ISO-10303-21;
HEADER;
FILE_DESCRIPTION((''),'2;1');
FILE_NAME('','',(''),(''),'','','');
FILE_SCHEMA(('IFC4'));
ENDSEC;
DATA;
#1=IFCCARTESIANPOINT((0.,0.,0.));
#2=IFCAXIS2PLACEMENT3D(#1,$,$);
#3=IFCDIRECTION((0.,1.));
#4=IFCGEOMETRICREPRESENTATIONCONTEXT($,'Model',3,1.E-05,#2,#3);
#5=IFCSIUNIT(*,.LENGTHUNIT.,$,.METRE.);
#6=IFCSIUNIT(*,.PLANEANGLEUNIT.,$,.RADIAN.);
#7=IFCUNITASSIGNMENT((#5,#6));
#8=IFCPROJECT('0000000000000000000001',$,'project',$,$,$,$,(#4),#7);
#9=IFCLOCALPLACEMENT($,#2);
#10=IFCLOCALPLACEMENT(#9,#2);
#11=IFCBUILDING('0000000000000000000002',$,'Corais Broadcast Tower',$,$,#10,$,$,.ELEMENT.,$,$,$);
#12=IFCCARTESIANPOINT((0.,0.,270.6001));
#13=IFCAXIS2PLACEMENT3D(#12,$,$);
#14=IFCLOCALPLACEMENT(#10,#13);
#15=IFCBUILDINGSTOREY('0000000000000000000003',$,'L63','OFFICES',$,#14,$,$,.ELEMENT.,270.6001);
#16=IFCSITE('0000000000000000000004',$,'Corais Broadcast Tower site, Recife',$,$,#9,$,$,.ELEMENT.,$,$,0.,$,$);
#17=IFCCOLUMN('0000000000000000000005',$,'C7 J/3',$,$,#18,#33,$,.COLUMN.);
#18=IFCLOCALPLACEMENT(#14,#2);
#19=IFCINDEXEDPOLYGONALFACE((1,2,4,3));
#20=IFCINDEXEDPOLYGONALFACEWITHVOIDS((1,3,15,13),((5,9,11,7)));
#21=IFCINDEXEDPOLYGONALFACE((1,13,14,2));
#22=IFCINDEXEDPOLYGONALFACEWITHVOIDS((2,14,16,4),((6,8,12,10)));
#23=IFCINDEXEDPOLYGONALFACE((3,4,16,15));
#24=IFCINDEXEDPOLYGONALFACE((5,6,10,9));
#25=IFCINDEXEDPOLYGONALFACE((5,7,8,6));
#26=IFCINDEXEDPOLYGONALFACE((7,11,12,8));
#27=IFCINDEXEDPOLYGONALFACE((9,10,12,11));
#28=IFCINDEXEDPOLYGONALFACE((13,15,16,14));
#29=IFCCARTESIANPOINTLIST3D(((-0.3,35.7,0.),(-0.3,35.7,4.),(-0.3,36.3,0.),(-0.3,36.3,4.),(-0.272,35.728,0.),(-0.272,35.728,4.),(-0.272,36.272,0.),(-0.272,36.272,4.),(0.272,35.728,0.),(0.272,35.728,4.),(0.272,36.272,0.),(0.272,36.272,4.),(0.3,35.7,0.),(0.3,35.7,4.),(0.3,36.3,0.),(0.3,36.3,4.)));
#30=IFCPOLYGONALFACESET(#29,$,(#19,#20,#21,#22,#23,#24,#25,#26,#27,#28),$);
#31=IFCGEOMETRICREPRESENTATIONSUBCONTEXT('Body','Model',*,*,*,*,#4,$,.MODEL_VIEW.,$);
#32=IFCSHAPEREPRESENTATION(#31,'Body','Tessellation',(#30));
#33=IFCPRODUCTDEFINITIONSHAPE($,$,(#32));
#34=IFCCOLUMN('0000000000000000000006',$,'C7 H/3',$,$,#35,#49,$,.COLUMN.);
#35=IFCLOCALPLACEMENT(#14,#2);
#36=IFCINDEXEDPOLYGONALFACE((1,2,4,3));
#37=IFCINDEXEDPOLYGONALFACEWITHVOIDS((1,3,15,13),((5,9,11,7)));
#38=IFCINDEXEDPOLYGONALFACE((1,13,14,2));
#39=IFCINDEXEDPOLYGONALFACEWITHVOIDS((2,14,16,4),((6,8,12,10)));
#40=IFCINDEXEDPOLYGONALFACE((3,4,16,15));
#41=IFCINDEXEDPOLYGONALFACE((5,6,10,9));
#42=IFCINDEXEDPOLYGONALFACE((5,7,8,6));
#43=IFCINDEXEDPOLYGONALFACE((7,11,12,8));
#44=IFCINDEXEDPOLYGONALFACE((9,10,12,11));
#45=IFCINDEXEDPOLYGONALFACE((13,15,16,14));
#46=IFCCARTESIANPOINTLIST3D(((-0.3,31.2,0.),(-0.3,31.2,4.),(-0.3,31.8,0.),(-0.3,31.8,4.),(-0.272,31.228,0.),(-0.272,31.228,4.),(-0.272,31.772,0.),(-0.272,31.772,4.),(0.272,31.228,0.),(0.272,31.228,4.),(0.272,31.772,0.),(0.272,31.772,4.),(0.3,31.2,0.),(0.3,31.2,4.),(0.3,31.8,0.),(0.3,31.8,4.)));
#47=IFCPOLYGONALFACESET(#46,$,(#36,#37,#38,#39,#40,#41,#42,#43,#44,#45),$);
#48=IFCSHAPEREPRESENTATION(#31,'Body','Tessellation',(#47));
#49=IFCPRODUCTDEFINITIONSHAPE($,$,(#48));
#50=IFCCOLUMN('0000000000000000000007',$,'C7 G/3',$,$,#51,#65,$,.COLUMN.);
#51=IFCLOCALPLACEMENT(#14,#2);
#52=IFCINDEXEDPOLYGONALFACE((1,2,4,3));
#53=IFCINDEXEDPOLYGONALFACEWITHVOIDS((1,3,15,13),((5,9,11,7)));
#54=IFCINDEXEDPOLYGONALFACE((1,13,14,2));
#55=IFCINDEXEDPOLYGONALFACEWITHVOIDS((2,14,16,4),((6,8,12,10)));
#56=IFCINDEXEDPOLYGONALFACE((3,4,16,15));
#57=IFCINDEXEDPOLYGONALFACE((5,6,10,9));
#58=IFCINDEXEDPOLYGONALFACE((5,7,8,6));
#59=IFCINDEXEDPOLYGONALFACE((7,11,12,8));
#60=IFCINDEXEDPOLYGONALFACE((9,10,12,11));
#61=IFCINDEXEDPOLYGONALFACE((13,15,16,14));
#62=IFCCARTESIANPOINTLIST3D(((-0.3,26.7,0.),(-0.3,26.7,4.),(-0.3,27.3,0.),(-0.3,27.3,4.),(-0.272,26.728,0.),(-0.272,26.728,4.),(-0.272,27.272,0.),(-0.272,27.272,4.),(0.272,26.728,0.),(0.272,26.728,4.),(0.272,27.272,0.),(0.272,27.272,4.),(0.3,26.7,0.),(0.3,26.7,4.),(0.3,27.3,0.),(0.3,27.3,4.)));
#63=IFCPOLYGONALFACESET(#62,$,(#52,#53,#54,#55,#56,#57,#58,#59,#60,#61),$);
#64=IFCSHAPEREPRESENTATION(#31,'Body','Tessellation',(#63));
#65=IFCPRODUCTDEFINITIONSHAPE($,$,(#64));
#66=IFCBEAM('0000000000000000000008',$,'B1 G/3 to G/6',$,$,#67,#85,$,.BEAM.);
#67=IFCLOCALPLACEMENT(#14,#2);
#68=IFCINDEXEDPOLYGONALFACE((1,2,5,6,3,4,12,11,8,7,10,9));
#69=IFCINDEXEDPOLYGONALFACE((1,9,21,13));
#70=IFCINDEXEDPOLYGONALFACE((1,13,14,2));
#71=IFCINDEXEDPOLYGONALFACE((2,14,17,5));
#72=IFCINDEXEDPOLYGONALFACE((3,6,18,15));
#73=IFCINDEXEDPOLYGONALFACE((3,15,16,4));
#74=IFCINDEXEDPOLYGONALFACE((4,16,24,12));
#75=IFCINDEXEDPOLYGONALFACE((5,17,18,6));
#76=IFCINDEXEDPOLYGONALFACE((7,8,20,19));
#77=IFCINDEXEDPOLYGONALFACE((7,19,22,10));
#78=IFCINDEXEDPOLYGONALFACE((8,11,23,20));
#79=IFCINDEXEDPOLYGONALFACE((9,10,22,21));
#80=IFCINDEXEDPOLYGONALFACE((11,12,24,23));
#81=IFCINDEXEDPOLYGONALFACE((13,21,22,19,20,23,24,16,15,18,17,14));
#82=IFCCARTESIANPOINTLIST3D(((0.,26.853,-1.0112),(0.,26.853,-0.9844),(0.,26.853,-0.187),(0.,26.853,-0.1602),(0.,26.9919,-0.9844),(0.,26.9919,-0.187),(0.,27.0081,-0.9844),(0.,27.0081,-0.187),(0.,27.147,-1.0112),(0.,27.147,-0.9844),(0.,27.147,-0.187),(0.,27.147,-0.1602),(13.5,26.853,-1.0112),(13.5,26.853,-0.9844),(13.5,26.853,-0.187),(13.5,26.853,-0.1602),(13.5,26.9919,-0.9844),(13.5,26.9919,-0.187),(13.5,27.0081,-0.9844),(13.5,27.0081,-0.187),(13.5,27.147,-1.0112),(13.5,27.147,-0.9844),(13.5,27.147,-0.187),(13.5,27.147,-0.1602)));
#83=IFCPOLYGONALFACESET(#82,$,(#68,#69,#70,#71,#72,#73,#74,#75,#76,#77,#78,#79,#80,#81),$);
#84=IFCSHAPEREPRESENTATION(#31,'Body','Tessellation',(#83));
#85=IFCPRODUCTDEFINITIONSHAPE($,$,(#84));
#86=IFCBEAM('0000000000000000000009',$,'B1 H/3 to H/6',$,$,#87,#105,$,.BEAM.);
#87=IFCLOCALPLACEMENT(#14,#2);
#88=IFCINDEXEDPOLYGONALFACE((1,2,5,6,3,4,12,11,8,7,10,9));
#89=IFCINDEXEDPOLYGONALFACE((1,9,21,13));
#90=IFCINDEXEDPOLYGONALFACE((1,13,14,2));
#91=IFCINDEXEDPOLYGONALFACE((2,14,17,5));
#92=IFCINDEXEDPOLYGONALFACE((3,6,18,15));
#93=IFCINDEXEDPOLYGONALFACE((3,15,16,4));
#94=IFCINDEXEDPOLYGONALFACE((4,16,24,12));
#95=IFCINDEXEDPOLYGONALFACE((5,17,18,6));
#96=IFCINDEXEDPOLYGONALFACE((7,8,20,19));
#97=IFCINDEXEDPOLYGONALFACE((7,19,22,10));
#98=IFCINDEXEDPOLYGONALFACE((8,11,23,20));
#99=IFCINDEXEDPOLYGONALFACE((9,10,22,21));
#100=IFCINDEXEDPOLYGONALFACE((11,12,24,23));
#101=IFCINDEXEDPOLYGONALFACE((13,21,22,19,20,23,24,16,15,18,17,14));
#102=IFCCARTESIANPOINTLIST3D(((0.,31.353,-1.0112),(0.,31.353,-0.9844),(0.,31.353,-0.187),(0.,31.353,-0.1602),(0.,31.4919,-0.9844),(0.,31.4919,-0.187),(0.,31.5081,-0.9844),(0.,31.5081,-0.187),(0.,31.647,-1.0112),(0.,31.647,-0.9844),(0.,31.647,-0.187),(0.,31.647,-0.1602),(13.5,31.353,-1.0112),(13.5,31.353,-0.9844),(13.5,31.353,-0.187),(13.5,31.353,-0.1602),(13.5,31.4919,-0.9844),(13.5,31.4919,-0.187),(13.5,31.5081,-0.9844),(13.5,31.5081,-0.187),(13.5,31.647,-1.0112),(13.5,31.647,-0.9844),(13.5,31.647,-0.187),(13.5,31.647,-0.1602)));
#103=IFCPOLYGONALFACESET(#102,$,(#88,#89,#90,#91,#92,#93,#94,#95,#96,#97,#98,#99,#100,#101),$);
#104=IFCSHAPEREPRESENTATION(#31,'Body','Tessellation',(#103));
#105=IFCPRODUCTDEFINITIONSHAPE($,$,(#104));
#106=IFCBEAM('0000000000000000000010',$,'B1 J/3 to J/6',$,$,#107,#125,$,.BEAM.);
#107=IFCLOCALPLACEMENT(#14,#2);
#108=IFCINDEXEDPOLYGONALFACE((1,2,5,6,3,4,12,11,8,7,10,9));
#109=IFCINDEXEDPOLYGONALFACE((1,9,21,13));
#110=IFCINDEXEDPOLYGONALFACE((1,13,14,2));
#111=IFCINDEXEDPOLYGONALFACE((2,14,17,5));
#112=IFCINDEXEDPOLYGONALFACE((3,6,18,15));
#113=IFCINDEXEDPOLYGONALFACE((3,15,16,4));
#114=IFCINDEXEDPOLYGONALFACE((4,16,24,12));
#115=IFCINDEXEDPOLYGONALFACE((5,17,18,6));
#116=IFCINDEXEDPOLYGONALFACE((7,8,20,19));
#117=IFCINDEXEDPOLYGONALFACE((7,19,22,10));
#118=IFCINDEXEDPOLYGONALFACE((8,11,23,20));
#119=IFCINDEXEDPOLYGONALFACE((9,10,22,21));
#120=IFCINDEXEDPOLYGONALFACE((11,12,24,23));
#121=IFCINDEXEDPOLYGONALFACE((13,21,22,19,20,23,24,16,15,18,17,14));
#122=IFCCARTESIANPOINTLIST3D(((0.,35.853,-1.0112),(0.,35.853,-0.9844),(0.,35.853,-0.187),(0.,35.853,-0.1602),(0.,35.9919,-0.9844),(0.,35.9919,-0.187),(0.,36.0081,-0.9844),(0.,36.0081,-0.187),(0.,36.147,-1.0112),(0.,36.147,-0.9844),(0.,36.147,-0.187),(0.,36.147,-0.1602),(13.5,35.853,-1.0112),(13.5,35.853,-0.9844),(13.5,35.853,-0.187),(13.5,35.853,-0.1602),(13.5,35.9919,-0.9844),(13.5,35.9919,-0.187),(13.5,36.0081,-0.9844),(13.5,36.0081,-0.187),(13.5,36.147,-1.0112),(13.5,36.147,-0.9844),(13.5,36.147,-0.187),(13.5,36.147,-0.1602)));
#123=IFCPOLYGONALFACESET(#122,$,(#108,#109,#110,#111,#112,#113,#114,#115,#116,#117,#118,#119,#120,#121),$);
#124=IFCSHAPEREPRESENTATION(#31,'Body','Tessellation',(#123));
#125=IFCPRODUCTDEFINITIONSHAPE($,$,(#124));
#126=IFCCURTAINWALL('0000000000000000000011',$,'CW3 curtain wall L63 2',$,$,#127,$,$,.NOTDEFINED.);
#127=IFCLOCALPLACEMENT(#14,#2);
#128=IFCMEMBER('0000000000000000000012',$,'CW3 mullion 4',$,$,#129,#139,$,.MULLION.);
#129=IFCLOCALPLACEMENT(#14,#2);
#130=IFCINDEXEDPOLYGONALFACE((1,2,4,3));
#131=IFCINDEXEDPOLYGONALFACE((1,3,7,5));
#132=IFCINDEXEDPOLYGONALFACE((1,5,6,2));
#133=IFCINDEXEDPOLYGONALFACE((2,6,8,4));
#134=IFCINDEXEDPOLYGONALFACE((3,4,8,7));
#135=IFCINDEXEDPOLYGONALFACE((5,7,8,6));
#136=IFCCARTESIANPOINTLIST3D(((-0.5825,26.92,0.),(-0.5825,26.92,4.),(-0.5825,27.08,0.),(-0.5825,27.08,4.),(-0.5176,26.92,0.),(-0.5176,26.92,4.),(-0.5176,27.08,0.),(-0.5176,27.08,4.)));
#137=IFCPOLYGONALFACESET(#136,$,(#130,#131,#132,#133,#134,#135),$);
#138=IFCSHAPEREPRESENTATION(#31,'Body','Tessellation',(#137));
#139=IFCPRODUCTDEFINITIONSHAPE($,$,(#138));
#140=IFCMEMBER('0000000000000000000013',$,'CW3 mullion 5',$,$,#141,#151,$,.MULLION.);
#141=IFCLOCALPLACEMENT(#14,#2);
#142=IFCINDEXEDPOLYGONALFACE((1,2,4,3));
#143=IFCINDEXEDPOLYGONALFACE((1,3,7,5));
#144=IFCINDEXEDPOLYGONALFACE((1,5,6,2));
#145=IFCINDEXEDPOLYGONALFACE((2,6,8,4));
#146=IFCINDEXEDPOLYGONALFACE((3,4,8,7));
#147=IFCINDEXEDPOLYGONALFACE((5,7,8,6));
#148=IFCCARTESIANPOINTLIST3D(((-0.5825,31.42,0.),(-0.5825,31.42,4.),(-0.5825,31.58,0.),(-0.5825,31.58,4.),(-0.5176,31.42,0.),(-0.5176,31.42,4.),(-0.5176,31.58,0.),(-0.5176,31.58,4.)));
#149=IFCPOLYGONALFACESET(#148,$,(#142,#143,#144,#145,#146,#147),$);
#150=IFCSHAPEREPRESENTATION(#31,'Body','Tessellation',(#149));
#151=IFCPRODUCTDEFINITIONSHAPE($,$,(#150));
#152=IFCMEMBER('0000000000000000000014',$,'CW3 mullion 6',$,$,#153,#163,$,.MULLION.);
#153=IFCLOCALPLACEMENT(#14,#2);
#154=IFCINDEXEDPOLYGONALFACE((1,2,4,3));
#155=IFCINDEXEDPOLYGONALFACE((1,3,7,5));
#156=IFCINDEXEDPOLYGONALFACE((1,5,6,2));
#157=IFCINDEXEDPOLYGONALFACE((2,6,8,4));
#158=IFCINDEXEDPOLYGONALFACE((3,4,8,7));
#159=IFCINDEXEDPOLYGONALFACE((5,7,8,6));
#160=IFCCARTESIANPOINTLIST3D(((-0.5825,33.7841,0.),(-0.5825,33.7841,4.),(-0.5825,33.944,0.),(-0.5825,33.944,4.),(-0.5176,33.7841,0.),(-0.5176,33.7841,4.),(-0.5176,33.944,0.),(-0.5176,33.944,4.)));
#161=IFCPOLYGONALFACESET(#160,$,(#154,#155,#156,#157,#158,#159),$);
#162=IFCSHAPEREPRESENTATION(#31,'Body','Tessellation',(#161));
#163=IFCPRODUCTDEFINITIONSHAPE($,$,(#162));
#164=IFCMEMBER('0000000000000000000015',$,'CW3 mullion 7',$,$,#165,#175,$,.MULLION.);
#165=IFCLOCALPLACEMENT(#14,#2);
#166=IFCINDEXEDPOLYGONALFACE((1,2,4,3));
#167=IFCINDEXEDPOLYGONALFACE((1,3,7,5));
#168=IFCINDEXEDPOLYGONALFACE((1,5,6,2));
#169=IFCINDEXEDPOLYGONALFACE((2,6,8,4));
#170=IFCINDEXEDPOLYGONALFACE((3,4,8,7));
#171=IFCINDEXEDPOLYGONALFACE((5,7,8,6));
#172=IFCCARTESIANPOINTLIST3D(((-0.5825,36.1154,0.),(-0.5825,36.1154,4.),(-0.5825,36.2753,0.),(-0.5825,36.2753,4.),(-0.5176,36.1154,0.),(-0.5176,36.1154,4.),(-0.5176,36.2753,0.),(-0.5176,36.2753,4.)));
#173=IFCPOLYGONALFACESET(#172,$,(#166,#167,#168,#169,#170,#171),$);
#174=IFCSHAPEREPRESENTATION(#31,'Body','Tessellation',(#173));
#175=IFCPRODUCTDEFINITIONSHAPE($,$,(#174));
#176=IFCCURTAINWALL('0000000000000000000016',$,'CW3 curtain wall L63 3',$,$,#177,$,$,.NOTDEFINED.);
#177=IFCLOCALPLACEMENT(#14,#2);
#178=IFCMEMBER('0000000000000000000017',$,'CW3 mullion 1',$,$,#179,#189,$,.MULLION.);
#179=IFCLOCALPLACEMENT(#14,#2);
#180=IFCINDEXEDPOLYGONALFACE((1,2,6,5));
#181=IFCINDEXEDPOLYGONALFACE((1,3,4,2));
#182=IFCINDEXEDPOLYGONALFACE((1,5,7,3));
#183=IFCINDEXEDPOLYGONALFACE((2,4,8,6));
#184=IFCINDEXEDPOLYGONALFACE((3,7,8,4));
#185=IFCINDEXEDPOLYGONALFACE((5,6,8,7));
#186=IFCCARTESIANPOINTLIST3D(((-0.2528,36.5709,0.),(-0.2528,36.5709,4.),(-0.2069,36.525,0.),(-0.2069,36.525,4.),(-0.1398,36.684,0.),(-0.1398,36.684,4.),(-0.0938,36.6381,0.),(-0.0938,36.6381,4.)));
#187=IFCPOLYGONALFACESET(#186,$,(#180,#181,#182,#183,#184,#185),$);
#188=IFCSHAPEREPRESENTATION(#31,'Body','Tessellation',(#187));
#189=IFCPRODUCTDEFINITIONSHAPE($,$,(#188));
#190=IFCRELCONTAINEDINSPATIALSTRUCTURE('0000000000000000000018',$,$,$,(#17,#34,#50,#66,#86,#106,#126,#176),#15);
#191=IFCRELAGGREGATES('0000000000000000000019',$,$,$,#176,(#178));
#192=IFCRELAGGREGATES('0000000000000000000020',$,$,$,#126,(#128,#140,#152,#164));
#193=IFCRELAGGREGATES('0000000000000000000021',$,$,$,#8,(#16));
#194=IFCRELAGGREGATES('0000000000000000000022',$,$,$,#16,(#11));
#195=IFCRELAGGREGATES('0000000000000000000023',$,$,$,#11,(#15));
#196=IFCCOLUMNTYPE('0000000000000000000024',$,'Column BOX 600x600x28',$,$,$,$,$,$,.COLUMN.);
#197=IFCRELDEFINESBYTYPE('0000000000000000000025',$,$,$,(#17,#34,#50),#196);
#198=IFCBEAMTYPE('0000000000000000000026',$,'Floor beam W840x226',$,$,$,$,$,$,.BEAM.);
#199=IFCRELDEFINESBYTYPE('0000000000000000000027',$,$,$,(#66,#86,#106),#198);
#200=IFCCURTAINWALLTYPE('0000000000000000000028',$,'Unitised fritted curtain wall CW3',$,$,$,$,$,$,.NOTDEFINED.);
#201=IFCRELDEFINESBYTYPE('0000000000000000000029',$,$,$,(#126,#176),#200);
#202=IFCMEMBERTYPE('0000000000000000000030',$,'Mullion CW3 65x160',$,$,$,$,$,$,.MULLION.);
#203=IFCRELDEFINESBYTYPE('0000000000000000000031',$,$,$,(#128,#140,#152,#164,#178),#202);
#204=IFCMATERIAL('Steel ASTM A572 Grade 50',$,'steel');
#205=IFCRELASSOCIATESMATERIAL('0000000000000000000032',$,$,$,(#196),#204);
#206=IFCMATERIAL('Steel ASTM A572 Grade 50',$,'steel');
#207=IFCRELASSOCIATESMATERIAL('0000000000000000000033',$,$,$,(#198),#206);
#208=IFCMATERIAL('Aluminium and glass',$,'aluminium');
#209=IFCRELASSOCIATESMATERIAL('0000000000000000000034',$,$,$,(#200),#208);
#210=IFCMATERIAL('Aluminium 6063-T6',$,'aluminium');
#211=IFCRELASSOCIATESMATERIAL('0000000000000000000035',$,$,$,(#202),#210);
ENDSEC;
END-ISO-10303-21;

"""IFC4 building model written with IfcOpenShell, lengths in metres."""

from ifc_helpers import new_model, si_unit, direction, frame, origin, origin_2d, place, context, subcontext, project, spatial, rectangle, hollow_rectangle, i_section, extrude, material, material_profile, profile_set, type_object, element, aggregate, save


model = new_model("IFC4")

# Units and contexts
model_context = context("Model", 3, precision=1e-05, world=origin(), true_north=direction((0.0, 1.0)))
body_context = subcontext(model_context, "Body", "Model", "MODEL_VIEW")
ifc_project = project(units=[si_unit("LENGTHUNIT", "METRE"), si_unit("PLANEANGLEUNIT", "RADIAN")], contexts=[model_context])

# Site, building, storey
site_placement = place(None, origin())
site = spatial("IfcSite", under=ifc_project, at=site_placement, Name="Corais Broadcast Tower site, Recife", CompositionType="ELEMENT", RefElevation=0.0)
building_placement = place(site_placement, origin())
building = spatial("IfcBuilding", under=site, at=building_placement, Name="Corais Broadcast Tower", CompositionType="ELEMENT")
storey_placement = place(building_placement, frame((0.0, 0.0, 270.6001)))
storey = spatial("IfcBuildingStorey", under=building, at=storey_placement, Name="L63", Description="OFFICES", CompositionType="ELEMENT", Elevation=270.6001)

# Columns
ifc_material_1 = material(Name="Steel ASTM A572 Grade 50", Category="steel")
ifc_material_profile_1 = material_profile(ifc_material_1, hollow_rectangle(XDim=0.6001, YDim=0.6001, WallThickness=0.0281, at=origin_2d()), Name="BOX 600x600x28")
ifc_profile_set_1 = profile_set([ifc_material_profile_1], Name="Steel ASTM A572 Grade 50")
column_type = type_object("IfcColumnType", Name="Column BOX 600x600x28", PredefinedType="COLUMN", material=ifc_profile_set_1)
for number, where, z_axis, x_axis, name in (
    (1, (0.0, 36.0, 0.0), (0.0, 0.0, 1.0), (1.0, 0.0, 0.0), "C7 J/3"),
    (2, (0.0, 31.5, 0.0), (0.0, 0.0, 1.0), (1.0, 0.0, 0.0), "C7 H/3"),
    (3, (0.0, 27.0, 0.0), (0.0, 0.0, 1.0), (1.0, 0.0, 0.0), "C7 G/3"),
):
    element("IfcColumn", number, at=place(storey_placement, frame(where, z_axis=z_axis, x_axis=x_axis)), inside=storey, type_object=column_type, Name=name, PredefinedType="COLUMN", context=body_context, shape_type="SweptSolid", body=[
        extrude(hollow_rectangle(XDim=0.6001, YDim=0.6001, WallThickness=0.0281, at=origin_2d()), origin(), (0.0, 0.0, 1.0), 4.0),
    ])

# Beams
ifc_material_2 = material(Name="Steel ASTM A572 Grade 50", Category="steel")
ifc_material_profile_2 = material_profile(ifc_material_2, i_section(OverallWidth=0.2939, OverallDepth=0.8511, WebThickness=0.0161, FlangeThickness=0.0269, at=origin_2d()), Name="W840x226")
ifc_profile_set_2 = profile_set([ifc_material_profile_2], Name="Steel ASTM A572 Grade 50")
beam_type_1 = type_object("IfcBeamType", Name="Floor beam W840x226", PredefinedType="BEAM", material=ifc_profile_set_2)
for number, where, z_axis, x_axis, name in (
    (4, (0.0, 27.0, -0.5857), (1.0, 0.0, 0.0), (0.0, 1.0, 0.0), "B1 G/3 to G/6"),
    (5, (0.0, 31.5, -0.5857), (1.0, 0.0, 0.0), (0.0, 1.0, 0.0), "B1 H/3 to H/6"),
    (6, (0.0, 36.0, -0.5857), (1.0, 0.0, 0.0), (0.0, 1.0, 0.0), "B1 J/3 to J/6"),
):
    element("IfcBeam", number, at=place(storey_placement, frame(where, z_axis=z_axis, x_axis=x_axis)), inside=storey, type_object=beam_type_1, Name=name, PredefinedType="BEAM", context=body_context, shape_type="SweptSolid", body=[
        extrude(i_section(OverallWidth=0.2939, OverallDepth=0.8511, WebThickness=0.0161, FlangeThickness=0.0269, at=origin_2d()), origin(), (0.0, 0.0, 1.0), 13.5),
    ])

# Curtain wall, members
ifc_material_3 = material(Name="Aluminium and glass", Category="aluminium")
curtain_wall_type = type_object("IfcCurtainWallType", Name="Unitised fritted curtain wall CW3", PredefinedType="NOTDEFINED", material=ifc_material_3)
curtain_wall_1_placement = place(storey_placement, origin())
curtain_wall_1 = element("IfcCurtainWall", 7, at=curtain_wall_1_placement, inside=storey, type_object=curtain_wall_type, Name="CW3 curtain wall L63 2", PredefinedType="NOTDEFINED")
ifc_material_4 = material(Name="Aluminium 6063-T6", Category="aluminium")
ifc_material_profile_3 = material_profile(ifc_material_4, rectangle(XDim=0.0649, YDim=0.1599, at=origin_2d()), Name="Mullion CW3 65x160")
ifc_profile_set_3 = profile_set([ifc_material_profile_3], Name="Aluminium 6063-T6")
member_type_1 = type_object("IfcMemberType", Name="Mullion CW3 65x160", PredefinedType="MULLION", material=ifc_profile_set_3)
member_1_placement = place(storey_placement, frame((-0.55, 27.0, 0.0), z_axis=(0.0, 0.0, 1.0), x_axis=(-1.0, 0.0, 0.0)))
member_1 = element("IfcMember", 8, at=member_1_placement, type_object=member_type_1, Name="CW3 mullion 4", PredefinedType="MULLION", context=body_context, shape_type="SweptSolid", body=[
    extrude(rectangle(XDim=0.0649, YDim=0.1599, at=origin_2d()), origin(), (0.0, 0.0, 1.0), 4.0),
])
member_2_placement = place(storey_placement, frame((-0.55, 31.5, 0.0), z_axis=(0.0, 0.0, 1.0), x_axis=(-1.0, 0.0, 0.0)))
member_2 = element("IfcMember", 9, at=member_2_placement, type_object=member_type_1, Name="CW3 mullion 5", PredefinedType="MULLION", context=body_context, shape_type="SweptSolid", body=[
    extrude(rectangle(XDim=0.0649, YDim=0.1599, at=origin_2d()), origin(), (0.0, 0.0, 1.0), 4.0),
])
member_3_placement = place(storey_placement, frame((-0.55, 33.864, 0.0), z_axis=(0.0, 0.0, 1.0), x_axis=(-1.0, 0.0, 0.0)))
member_3 = element("IfcMember", 10, at=member_3_placement, type_object=member_type_1, Name="CW3 mullion 6", PredefinedType="MULLION", context=body_context, shape_type="SweptSolid", body=[
    extrude(rectangle(XDim=0.0649, YDim=0.1599, at=origin_2d()), origin(), (0.0, 0.0, 1.0), 4.0),
])
member_4_placement = place(storey_placement, frame((-0.55, 36.1953, 0.0), z_axis=(0.0, 0.0, 1.0), x_axis=(-1.0, 0.0, 0.0)))
member_4 = element("IfcMember", 11, at=member_4_placement, type_object=member_type_1, Name="CW3 mullion 7", PredefinedType="MULLION", context=body_context, shape_type="SweptSolid", body=[
    extrude(rectangle(XDim=0.0649, YDim=0.1599, at=origin_2d()), origin(), (0.0, 0.0, 1.0), 4.0),
])

# Curtain wall, member
curtain_wall_2_placement = place(storey_placement, origin())
curtain_wall_2 = element("IfcCurtainWall", 12, at=curtain_wall_2_placement, inside=storey, type_object=curtain_wall_type, Name="CW3 curtain wall L63 3", PredefinedType="NOTDEFINED")
member_5_placement = place(storey_placement, frame((-0.1733, 36.6045, 0.0), z_axis=(0.0, 0.0, 1.0), x_axis=(-0.707107, 0.707107, 0.0)))
member_5 = element("IfcMember", 13, at=member_5_placement, type_object=member_type_1, Name="CW3 mullion 1", PredefinedType="MULLION", context=body_context, shape_type="SweptSolid", body=[
    extrude(rectangle(XDim=0.0649, YDim=0.1599, at=origin_2d()), origin(), (0.0, 0.0, 1.0), 4.0),
])

aggregate(curtain_wall_2, [member_5])
aggregate(curtain_wall_1, [member_1, member_2, member_3, member_4])

save(model, "model.ifc")
